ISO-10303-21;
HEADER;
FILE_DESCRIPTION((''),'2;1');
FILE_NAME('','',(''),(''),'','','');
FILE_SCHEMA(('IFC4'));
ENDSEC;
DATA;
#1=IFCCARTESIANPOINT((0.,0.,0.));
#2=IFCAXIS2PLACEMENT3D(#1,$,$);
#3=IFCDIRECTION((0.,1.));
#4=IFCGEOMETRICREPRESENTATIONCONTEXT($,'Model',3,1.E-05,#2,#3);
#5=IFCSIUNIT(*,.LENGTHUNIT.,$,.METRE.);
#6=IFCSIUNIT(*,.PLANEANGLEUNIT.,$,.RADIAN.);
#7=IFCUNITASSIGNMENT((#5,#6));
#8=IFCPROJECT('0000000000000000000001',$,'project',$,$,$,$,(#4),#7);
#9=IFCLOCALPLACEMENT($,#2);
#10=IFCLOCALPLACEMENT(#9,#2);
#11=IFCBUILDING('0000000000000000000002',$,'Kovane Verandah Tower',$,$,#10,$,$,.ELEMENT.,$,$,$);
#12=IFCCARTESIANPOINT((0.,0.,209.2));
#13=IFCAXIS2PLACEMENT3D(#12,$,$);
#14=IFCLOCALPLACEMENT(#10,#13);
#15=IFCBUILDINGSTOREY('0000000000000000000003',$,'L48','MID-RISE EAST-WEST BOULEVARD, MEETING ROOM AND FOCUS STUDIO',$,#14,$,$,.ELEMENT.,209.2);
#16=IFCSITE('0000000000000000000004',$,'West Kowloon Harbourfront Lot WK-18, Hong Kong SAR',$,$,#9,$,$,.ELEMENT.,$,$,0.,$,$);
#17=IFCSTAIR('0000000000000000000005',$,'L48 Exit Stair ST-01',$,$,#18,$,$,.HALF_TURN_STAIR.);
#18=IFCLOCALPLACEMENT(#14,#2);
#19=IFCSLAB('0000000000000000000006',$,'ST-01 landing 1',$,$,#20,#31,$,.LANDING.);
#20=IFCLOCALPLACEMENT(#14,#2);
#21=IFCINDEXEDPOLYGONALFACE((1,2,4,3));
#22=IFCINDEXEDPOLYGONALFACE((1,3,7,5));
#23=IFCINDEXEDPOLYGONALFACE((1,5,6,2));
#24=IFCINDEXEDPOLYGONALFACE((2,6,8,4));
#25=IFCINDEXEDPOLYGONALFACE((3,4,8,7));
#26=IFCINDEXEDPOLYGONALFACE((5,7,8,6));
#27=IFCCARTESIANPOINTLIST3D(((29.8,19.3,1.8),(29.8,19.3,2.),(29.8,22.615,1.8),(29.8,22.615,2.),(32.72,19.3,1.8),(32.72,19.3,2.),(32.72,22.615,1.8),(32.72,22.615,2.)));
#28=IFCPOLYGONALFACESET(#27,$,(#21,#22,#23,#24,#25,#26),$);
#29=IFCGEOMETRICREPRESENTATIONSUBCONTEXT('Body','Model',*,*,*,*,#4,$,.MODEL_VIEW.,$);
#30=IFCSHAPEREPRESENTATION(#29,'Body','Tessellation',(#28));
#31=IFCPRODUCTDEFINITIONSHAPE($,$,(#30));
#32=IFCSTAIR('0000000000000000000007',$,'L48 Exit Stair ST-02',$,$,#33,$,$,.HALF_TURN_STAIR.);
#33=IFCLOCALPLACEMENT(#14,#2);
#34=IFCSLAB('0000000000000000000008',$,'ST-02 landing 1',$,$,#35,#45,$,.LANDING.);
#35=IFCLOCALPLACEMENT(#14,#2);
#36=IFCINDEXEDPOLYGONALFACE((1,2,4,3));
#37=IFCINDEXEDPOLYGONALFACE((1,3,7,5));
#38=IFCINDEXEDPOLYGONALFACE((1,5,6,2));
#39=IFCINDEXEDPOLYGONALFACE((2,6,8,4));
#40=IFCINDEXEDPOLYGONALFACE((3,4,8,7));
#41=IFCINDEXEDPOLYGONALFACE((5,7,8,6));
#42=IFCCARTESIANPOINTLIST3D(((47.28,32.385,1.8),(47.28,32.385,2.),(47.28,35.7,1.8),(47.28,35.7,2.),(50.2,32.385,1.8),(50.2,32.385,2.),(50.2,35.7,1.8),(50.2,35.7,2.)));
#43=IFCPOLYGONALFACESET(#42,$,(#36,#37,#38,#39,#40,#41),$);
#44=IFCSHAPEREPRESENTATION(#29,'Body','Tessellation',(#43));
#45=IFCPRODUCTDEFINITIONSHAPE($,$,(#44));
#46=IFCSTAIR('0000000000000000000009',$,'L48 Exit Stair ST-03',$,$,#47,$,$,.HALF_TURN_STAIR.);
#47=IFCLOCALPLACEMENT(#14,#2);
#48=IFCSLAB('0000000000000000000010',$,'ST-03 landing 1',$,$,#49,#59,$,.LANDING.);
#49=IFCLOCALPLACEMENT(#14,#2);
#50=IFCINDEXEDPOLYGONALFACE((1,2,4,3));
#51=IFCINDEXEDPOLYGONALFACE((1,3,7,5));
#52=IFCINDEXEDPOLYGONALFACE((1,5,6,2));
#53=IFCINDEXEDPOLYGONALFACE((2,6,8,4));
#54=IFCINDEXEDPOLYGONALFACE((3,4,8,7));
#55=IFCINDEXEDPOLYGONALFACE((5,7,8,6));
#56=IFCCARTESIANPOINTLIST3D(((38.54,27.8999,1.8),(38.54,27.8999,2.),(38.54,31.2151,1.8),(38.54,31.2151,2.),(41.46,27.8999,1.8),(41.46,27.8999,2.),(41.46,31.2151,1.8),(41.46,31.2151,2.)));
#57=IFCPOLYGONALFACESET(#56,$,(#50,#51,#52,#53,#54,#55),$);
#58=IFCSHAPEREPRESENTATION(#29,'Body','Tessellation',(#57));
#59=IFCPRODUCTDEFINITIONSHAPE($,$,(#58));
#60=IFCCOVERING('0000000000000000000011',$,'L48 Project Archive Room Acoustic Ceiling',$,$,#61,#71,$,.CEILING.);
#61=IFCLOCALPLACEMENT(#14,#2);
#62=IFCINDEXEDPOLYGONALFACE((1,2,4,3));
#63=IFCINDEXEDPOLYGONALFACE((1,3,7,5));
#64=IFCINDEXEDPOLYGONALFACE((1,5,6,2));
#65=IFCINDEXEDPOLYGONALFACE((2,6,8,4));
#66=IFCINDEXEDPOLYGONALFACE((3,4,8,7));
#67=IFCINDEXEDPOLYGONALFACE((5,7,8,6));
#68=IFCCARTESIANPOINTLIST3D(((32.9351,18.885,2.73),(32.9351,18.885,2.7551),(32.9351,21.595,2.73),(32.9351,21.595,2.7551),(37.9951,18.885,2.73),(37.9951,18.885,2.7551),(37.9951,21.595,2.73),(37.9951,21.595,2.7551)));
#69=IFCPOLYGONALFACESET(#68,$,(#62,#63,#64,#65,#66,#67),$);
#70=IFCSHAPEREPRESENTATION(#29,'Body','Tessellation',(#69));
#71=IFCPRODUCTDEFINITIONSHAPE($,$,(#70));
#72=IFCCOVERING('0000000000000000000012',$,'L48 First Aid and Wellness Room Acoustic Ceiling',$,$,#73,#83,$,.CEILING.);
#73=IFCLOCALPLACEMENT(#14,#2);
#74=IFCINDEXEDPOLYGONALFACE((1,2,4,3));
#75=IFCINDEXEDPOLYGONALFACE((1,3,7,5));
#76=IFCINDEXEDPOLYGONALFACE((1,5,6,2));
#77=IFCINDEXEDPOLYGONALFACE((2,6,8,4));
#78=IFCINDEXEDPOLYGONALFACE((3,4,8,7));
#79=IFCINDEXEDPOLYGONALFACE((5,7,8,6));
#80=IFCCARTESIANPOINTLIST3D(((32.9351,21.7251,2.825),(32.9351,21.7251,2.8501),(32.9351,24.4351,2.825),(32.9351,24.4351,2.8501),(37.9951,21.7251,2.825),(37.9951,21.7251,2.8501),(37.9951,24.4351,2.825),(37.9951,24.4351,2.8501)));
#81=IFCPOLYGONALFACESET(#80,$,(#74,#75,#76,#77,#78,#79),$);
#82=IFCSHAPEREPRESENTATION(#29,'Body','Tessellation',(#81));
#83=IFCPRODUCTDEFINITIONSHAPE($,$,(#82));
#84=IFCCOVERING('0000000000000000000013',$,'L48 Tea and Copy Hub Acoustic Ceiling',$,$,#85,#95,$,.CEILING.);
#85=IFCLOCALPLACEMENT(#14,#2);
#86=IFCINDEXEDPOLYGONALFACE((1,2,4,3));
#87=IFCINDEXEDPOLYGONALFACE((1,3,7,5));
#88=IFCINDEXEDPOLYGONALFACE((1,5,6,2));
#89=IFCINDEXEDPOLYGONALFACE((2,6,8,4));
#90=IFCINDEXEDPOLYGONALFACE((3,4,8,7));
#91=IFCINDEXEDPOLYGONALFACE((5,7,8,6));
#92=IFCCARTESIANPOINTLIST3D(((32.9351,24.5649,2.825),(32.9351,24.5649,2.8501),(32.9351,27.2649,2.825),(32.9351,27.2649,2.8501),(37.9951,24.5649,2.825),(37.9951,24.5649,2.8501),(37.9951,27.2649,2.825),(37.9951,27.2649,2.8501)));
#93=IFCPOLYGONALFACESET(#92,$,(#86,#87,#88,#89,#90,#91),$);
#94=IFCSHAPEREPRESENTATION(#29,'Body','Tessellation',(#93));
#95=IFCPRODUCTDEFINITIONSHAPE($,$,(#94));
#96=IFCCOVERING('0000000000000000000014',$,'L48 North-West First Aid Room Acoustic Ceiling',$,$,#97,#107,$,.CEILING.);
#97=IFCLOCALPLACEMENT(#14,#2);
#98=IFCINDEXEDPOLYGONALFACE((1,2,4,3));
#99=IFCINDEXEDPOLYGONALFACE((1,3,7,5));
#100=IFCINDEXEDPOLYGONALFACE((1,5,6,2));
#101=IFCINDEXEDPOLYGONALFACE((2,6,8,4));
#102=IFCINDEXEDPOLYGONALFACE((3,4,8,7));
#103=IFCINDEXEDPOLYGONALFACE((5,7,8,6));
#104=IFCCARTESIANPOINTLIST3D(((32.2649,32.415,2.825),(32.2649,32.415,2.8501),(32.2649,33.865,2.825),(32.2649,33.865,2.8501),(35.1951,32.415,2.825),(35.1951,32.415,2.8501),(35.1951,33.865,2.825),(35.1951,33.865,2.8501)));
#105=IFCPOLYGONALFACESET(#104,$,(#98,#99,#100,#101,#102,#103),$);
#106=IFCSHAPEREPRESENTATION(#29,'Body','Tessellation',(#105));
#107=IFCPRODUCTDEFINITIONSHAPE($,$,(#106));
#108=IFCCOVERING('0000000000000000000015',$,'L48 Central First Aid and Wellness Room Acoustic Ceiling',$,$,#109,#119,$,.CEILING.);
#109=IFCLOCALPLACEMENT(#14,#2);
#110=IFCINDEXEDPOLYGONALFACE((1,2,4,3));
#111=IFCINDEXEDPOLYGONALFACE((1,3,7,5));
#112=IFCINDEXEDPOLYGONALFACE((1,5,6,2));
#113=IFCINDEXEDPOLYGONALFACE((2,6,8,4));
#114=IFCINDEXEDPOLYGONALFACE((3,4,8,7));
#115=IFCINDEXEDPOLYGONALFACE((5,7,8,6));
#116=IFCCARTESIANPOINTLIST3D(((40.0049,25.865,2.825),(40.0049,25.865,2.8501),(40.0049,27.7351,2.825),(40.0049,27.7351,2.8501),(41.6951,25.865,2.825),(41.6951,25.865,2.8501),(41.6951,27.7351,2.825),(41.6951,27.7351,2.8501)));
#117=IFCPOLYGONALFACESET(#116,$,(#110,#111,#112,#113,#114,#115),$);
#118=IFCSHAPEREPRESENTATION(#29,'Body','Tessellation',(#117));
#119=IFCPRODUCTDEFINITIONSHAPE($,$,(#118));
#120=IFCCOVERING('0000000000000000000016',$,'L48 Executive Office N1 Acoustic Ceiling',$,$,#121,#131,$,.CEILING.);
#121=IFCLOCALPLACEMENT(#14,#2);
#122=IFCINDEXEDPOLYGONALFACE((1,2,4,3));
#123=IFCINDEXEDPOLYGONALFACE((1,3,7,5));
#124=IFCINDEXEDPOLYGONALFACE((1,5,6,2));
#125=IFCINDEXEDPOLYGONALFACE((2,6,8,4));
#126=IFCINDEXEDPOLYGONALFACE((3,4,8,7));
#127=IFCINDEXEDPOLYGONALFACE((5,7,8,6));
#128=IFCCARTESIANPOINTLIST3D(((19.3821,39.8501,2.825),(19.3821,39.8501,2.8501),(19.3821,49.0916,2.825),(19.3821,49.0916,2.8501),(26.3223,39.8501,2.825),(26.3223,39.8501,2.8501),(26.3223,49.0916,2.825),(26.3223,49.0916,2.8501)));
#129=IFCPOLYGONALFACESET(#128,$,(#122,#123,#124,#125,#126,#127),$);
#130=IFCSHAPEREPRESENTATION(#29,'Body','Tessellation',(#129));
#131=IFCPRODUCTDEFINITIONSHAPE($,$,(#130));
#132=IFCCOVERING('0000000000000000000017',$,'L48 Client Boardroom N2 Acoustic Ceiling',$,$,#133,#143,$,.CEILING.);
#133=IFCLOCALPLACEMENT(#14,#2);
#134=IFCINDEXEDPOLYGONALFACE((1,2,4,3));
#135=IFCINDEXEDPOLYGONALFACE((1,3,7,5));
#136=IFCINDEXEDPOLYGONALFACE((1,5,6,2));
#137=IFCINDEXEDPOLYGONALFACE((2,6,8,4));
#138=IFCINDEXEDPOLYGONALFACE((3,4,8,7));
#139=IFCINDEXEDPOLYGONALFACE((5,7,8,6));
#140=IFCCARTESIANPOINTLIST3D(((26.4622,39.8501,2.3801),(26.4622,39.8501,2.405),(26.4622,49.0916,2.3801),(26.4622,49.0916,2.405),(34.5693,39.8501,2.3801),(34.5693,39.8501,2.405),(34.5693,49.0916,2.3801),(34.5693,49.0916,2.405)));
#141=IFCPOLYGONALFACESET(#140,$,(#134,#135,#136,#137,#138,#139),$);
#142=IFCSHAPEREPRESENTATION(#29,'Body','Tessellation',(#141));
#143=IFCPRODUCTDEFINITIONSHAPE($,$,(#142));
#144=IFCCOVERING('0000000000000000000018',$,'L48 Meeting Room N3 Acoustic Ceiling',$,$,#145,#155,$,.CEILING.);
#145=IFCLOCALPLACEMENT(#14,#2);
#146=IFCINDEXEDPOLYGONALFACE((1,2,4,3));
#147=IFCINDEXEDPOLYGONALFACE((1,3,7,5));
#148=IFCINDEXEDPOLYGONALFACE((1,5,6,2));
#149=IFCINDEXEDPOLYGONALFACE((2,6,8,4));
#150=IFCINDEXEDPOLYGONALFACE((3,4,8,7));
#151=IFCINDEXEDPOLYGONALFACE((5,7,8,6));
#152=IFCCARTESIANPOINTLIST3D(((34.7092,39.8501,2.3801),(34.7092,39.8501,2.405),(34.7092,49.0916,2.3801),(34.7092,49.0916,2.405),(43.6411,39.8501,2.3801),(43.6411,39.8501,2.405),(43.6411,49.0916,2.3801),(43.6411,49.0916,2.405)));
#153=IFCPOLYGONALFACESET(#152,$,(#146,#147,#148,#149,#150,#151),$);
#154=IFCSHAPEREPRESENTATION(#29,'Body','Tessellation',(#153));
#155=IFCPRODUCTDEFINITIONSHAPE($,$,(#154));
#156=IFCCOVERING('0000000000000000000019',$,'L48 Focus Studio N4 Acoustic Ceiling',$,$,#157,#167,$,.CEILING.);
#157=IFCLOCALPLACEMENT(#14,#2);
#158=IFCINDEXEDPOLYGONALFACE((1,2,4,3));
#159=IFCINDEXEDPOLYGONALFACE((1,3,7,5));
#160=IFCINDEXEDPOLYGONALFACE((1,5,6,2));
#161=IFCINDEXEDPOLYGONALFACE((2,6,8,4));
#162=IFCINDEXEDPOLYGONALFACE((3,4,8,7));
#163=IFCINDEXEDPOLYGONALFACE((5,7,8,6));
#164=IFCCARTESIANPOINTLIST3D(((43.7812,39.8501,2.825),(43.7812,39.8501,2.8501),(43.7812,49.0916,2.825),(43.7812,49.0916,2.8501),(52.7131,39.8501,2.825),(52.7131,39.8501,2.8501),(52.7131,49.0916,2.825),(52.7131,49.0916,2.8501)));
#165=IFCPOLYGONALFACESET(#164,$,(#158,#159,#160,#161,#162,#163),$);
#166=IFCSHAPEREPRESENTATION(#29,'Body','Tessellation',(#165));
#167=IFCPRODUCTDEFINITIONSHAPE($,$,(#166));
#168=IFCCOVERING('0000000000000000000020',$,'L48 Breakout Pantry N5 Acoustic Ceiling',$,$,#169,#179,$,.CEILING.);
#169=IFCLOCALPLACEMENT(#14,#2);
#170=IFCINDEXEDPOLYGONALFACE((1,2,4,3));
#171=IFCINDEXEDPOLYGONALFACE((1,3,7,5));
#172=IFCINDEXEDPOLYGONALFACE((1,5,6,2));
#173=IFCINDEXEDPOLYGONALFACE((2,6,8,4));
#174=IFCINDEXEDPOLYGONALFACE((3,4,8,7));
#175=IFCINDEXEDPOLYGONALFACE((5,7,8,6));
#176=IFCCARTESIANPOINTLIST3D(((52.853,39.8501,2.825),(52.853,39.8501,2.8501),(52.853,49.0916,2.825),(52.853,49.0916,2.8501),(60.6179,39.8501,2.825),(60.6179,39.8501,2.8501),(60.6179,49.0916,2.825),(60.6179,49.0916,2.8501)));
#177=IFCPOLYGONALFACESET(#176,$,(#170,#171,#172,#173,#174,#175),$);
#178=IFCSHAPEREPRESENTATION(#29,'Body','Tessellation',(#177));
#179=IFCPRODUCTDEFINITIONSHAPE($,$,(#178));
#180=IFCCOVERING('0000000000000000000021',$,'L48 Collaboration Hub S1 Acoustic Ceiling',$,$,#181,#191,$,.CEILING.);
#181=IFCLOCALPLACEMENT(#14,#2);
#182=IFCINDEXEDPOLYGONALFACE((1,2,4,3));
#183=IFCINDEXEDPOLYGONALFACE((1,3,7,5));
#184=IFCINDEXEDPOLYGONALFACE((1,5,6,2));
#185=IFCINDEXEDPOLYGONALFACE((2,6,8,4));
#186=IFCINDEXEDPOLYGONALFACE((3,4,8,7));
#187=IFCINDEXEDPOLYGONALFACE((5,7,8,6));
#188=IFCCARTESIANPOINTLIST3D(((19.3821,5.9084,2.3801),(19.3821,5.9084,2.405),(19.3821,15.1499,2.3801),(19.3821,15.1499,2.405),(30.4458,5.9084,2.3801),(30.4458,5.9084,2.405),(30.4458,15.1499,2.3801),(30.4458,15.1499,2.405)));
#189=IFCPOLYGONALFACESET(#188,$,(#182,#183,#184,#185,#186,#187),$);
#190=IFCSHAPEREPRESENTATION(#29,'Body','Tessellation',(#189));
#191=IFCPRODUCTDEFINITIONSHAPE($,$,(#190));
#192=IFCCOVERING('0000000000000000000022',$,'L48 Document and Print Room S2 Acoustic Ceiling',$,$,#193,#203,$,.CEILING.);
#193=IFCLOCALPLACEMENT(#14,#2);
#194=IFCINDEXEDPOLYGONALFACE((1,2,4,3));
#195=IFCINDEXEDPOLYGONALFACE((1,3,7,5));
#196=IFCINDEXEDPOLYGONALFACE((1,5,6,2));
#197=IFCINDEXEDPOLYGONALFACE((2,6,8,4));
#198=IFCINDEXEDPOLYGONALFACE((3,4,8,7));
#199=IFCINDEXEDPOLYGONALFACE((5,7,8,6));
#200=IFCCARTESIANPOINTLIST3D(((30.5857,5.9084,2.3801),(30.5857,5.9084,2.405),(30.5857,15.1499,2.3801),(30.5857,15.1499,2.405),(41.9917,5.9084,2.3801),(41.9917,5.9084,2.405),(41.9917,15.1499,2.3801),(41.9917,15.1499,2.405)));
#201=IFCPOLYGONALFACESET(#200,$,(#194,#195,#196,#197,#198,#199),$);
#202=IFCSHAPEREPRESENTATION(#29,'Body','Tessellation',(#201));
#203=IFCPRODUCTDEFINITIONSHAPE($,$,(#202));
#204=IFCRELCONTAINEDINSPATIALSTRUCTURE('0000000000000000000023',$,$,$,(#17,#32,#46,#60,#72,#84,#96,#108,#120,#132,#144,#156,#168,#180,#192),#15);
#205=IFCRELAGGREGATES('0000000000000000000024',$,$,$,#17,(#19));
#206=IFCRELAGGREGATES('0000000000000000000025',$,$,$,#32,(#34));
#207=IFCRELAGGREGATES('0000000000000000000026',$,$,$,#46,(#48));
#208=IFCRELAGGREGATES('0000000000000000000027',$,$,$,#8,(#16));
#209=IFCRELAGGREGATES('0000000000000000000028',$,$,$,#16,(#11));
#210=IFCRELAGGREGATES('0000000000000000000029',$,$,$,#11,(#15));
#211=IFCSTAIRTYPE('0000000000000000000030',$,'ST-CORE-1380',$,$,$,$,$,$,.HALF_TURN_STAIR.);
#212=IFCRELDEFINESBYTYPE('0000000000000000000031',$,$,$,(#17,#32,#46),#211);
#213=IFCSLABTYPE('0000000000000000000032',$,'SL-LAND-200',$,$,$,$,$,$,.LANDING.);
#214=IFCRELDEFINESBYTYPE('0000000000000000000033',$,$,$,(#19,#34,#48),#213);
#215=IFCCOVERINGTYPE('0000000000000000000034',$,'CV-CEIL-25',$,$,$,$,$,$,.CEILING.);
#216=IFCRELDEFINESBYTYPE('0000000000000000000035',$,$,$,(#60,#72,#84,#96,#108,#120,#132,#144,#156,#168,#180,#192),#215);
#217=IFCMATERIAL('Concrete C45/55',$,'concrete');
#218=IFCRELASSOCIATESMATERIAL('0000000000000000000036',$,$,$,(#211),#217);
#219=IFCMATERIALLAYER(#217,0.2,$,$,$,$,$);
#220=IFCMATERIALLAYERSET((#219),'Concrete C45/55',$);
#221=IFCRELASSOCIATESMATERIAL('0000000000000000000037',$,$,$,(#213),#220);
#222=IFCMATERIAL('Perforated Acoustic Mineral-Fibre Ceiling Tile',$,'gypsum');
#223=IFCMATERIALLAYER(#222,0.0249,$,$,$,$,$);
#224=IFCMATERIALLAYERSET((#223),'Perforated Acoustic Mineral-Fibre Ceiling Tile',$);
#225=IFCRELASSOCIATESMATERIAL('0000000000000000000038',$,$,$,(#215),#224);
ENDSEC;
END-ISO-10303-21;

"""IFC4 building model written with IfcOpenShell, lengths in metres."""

from ifc_helpers import new_model, si_unit, direction, frame, origin, place, context, subcontext, project, spatial, polyline, outline, extrude, material, layer, layer_set, type_object, element, aggregate, save


model = new_model("IFC4")

# Units and contexts
model_context = context("Model", 3, precision=1e-05, world=origin(), true_north=direction((0.0, 1.0)))
body_context = subcontext(model_context, "Body", "Model", "MODEL_VIEW")
ifc_project = project(units=[si_unit("LENGTHUNIT", "METRE"), si_unit("PLANEANGLEUNIT", "RADIAN")], contexts=[model_context])

# Site, building, storey
site_placement = place(None, origin())
site = spatial("IfcSite", under=ifc_project, at=site_placement, Name="West Kowloon Harbourfront Lot WK-18, Hong Kong SAR", CompositionType="ELEMENT", RefElevation=0.0)
building_placement = place(site_placement, origin())
building = spatial("IfcBuilding", under=site, at=building_placement, Name="Kovane Verandah Tower", CompositionType="ELEMENT")
storey_placement = place(building_placement, frame((0.0, 0.0, 209.2)))
storey = spatial("IfcBuildingStorey", under=building, at=storey_placement, Name="L48", Description="MID-RISE EAST-WEST BOULEVARD, MEETING ROOM AND FOCUS STUDIO", CompositionType="ELEMENT", Elevation=209.2)

# Stairs, slabs
ifc_material_1 = material(Name="Concrete C45/55", Category="concrete")
stair_type = type_object("IfcStairType", Name="ST-CORE-1380", PredefinedType="HALF_TURN_STAIR", material=ifc_material_1)
stair_1_placement = place(storey_placement, origin())
stair_1 = element("IfcStair", 1, at=stair_1_placement, inside=storey, type_object=stair_type, Name="L48 Exit Stair ST-01", PredefinedType="HALF_TURN_STAIR")
ifc_layer_1 = layer(ifc_material_1, 0.2)
ifc_layer_set_1 = layer_set([ifc_layer_1], Name="Concrete C45/55")
slab_type = type_object("IfcSlabType", Name="SL-LAND-200", PredefinedType="LANDING", material=ifc_layer_set_1)
slab_1_placement = place(storey_placement, frame((0.0, 0.0, 1.8)))
slab_1 = element("IfcSlab", 2, at=slab_1_placement, type_object=slab_type, Name="ST-01 landing 1", PredefinedType="LANDING", context=body_context, shape_type="SweptSolid", body=[
    extrude(outline(polyline([(29.8, 22.615), (29.8, 19.3), (32.72, 19.3), (32.72, 22.615), (29.8, 22.615)])), origin(), (0.0, 0.0, 1.0), 0.2),
])
aggregate(stair_1, [slab_1])
stair_2_placement = place(storey_placement, origin())
stair_2 = element("IfcStair", 3, at=stair_2_placement, inside=storey, type_object=stair_type, Name="L48 Exit Stair ST-02", PredefinedType="HALF_TURN_STAIR")
slab_2_placement = place(storey_placement, frame((0.0, 0.0, 1.8)))
slab_2 = element("IfcSlab", 4, at=slab_2_placement, type_object=slab_type, Name="ST-02 landing 1", PredefinedType="LANDING", context=body_context, shape_type="SweptSolid", body=[
    extrude(outline(polyline([(50.2, 32.385), (50.2, 35.7), (47.28, 35.7), (47.28, 32.385), (50.2, 32.385)])), origin(), (0.0, 0.0, 1.0), 0.2),
])
aggregate(stair_2, [slab_2])
stair_3_placement = place(storey_placement, origin())
stair_3 = element("IfcStair", 5, at=stair_3_placement, inside=storey, type_object=stair_type, Name="L48 Exit Stair ST-03", PredefinedType="HALF_TURN_STAIR")
slab_3_placement = place(storey_placement, frame((0.0, 0.0, 1.8)))
slab_3 = element("IfcSlab", 6, at=slab_3_placement, type_object=slab_type, Name="ST-03 landing 1", PredefinedType="LANDING", context=body_context, shape_type="SweptSolid", body=[
    extrude(outline(polyline([(38.54, 31.2151), (38.54, 27.8999), (41.46, 27.8999), (41.46, 31.2151), (38.54, 31.2151)])), origin(), (0.0, 0.0, 1.0), 0.2),
])
aggregate(stair_3, [slab_3])

# Coverings
ifc_material_2 = material(Name="Perforated Acoustic Mineral-Fibre Ceiling Tile", Category="gypsum")
ifc_layer_2 = layer(ifc_material_2, 0.0249)
ifc_layer_set_2 = layer_set([ifc_layer_2], Name="Perforated Acoustic Mineral-Fibre Ceiling Tile")
covering_type_1 = type_object("IfcCoveringType", Name="CV-CEIL-25", PredefinedType="CEILING", material=ifc_layer_set_2)
covering_1_placement = place(storey_placement, frame((0.0, 0.0, 2.73)))
element("IfcCovering", 7, at=covering_1_placement, inside=storey, type_object=covering_type_1, Name="L48 Project Archive Room Acoustic Ceiling", PredefinedType="CEILING", context=body_context, shape_type="SweptSolid", body=[
    extrude(outline(polyline([(32.9351, 18.885), (37.9951, 18.885), (37.9951, 21.595), (32.9351, 21.595), (32.9351, 18.885)])), origin(), (0.0, 0.0, 1.0), 0.0251),
])
covering_2_placement = place(storey_placement, frame((0.0, 0.0, 2.825)))
element("IfcCovering", 8, at=covering_2_placement, inside=storey, type_object=covering_type_1, Name="L48 First Aid and Wellness Room Acoustic Ceiling", PredefinedType="CEILING", context=body_context, shape_type="SweptSolid", body=[
    extrude(outline(polyline([(32.9351, 21.7251), (37.9951, 21.7251), (37.9951, 24.4351), (32.9351, 24.4351), (32.9351, 21.7251)])), origin(), (0.0, 0.0, 1.0), 0.0251),
])
covering_3_placement = place(storey_placement, frame((0.0, 0.0, 2.825)))
element("IfcCovering", 9, at=covering_3_placement, inside=storey, type_object=covering_type_1, Name="L48 Tea and Copy Hub Acoustic Ceiling", PredefinedType="CEILING", context=body_context, shape_type="SweptSolid", body=[
    extrude(outline(polyline([(32.9351, 24.5649), (37.9951, 24.5649), (37.9951, 27.2649), (32.9351, 27.2649), (32.9351, 24.5649)])), origin(), (0.0, 0.0, 1.0), 0.0251),
])
covering_4_placement = place(storey_placement, frame((0.0, 0.0, 2.825)))
element("IfcCovering", 10, at=covering_4_placement, inside=storey, type_object=covering_type_1, Name="L48 North-West First Aid Room Acoustic Ceiling", PredefinedType="CEILING", context=body_context, shape_type="SweptSolid", body=[
    extrude(outline(polyline([(32.2649, 32.415), (35.1951, 32.415), (35.1951, 33.865), (32.2649, 33.865), (32.2649, 32.415)])), origin(), (0.0, 0.0, 1.0), 0.0251),
])
covering_5_placement = place(storey_placement, frame((0.0, 0.0, 2.825)))
element("IfcCovering", 11, at=covering_5_placement, inside=storey, type_object=covering_type_1, Name="L48 Central First Aid and Wellness Room Acoustic Ceiling", PredefinedType="CEILING", context=body_context, shape_type="SweptSolid", body=[
    extrude(outline(polyline([(40.0049, 25.865), (41.6951, 25.865), (41.6951, 27.7351), (40.0049, 27.7351), (40.0049, 25.865)])), origin(), (0.0, 0.0, 1.0), 0.0251),
])
covering_6_placement = place(storey_placement, frame((0.0, 0.0, 2.825)))
element("IfcCovering", 12, at=covering_6_placement, inside=storey, type_object=covering_type_1, Name="L48 Executive Office N1 Acoustic Ceiling", PredefinedType="CEILING", context=body_context, shape_type="SweptSolid", body=[
    extrude(outline(polyline([(19.3821, 39.8501), (26.3223, 39.8501), (26.3223, 49.0916), (19.3821, 49.0916), (19.3821, 39.8501)])), origin(), (0.0, 0.0, 1.0), 0.0251),
])
covering_7_placement = place(storey_placement, frame((0.0, 0.0, 2.3801)))
element("IfcCovering", 13, at=covering_7_placement, inside=storey, type_object=covering_type_1, Name="L48 Client Boardroom N2 Acoustic Ceiling", PredefinedType="CEILING", context=body_context, shape_type="SweptSolid", body=[
    extrude(outline(polyline([(26.4622, 39.8501), (34.5693, 39.8501), (34.5693, 49.0916), (26.4622, 49.0916), (26.4622, 39.8501)])), origin(), (0.0, 0.0, 1.0), 0.0249),
])
covering_8_placement = place(storey_placement, frame((0.0, 0.0, 2.3801)))
element("IfcCovering", 14, at=covering_8_placement, inside=storey, type_object=covering_type_1, Name="L48 Meeting Room N3 Acoustic Ceiling", PredefinedType="CEILING", context=body_context, shape_type="SweptSolid", body=[
    extrude(outline(polyline([(34.7092, 39.8501), (43.6411, 39.8501), (43.6411, 49.0916), (34.7092, 49.0916), (34.7092, 39.8501)])), origin(), (0.0, 0.0, 1.0), 0.0249),
])
covering_9_placement = place(storey_placement, frame((0.0, 0.0, 2.825)))
element("IfcCovering", 15, at=covering_9_placement, inside=storey, type_object=covering_type_1, Name="L48 Focus Studio N4 Acoustic Ceiling", PredefinedType="CEILING", context=body_context, shape_type="SweptSolid", body=[
    extrude(outline(polyline([(43.7812, 39.8501), (52.7131, 39.8501), (52.7131, 49.0916), (43.7812, 49.0916), (43.7812, 39.8501)])), origin(), (0.0, 0.0, 1.0), 0.0251),
])
covering_10_placement = place(storey_placement, frame((0.0, 0.0, 2.825)))
element("IfcCovering", 16, at=covering_10_placement, inside=storey, type_object=covering_type_1, Name="L48 Breakout Pantry N5 Acoustic Ceiling", PredefinedType="CEILING", context=body_context, shape_type="SweptSolid", body=[
    extrude(outline(polyline([(52.853, 39.8501), (60.6179, 39.8501), (60.6179, 49.0916), (52.853, 49.0916), (52.853, 39.8501)])), origin(), (0.0, 0.0, 1.0), 0.0251),
])
covering_11_placement = place(storey_placement, frame((0.0, 0.0, 2.3801)))
element("IfcCovering", 17, at=covering_11_placement, inside=storey, type_object=covering_type_1, Name="L48 Collaboration Hub S1 Acoustic Ceiling", PredefinedType="CEILING", context=body_context, shape_type="SweptSolid", body=[
    extrude(outline(polyline([(19.3821, 5.9084), (30.4458, 5.9084), (30.4458, 15.1499), (19.3821, 15.1499), (19.3821, 5.9084)])), origin(), (0.0, 0.0, 1.0), 0.0249),
])
covering_12_placement = place(storey_placement, frame((0.0, 0.0, 2.3801)))
element("IfcCovering", 18, at=covering_12_placement, inside=storey, type_object=covering_type_1, Name="L48 Document and Print Room S2 Acoustic Ceiling", PredefinedType="CEILING", context=body_context, shape_type="SweptSolid", body=[
    extrude(outline(polyline([(30.5857, 5.9084), (41.9917, 5.9084), (41.9917, 15.1499), (30.5857, 15.1499), (30.5857, 5.9084)])), origin(), (0.0, 0.0, 1.0), 0.0249),
])

save(model, "model.ifc")
